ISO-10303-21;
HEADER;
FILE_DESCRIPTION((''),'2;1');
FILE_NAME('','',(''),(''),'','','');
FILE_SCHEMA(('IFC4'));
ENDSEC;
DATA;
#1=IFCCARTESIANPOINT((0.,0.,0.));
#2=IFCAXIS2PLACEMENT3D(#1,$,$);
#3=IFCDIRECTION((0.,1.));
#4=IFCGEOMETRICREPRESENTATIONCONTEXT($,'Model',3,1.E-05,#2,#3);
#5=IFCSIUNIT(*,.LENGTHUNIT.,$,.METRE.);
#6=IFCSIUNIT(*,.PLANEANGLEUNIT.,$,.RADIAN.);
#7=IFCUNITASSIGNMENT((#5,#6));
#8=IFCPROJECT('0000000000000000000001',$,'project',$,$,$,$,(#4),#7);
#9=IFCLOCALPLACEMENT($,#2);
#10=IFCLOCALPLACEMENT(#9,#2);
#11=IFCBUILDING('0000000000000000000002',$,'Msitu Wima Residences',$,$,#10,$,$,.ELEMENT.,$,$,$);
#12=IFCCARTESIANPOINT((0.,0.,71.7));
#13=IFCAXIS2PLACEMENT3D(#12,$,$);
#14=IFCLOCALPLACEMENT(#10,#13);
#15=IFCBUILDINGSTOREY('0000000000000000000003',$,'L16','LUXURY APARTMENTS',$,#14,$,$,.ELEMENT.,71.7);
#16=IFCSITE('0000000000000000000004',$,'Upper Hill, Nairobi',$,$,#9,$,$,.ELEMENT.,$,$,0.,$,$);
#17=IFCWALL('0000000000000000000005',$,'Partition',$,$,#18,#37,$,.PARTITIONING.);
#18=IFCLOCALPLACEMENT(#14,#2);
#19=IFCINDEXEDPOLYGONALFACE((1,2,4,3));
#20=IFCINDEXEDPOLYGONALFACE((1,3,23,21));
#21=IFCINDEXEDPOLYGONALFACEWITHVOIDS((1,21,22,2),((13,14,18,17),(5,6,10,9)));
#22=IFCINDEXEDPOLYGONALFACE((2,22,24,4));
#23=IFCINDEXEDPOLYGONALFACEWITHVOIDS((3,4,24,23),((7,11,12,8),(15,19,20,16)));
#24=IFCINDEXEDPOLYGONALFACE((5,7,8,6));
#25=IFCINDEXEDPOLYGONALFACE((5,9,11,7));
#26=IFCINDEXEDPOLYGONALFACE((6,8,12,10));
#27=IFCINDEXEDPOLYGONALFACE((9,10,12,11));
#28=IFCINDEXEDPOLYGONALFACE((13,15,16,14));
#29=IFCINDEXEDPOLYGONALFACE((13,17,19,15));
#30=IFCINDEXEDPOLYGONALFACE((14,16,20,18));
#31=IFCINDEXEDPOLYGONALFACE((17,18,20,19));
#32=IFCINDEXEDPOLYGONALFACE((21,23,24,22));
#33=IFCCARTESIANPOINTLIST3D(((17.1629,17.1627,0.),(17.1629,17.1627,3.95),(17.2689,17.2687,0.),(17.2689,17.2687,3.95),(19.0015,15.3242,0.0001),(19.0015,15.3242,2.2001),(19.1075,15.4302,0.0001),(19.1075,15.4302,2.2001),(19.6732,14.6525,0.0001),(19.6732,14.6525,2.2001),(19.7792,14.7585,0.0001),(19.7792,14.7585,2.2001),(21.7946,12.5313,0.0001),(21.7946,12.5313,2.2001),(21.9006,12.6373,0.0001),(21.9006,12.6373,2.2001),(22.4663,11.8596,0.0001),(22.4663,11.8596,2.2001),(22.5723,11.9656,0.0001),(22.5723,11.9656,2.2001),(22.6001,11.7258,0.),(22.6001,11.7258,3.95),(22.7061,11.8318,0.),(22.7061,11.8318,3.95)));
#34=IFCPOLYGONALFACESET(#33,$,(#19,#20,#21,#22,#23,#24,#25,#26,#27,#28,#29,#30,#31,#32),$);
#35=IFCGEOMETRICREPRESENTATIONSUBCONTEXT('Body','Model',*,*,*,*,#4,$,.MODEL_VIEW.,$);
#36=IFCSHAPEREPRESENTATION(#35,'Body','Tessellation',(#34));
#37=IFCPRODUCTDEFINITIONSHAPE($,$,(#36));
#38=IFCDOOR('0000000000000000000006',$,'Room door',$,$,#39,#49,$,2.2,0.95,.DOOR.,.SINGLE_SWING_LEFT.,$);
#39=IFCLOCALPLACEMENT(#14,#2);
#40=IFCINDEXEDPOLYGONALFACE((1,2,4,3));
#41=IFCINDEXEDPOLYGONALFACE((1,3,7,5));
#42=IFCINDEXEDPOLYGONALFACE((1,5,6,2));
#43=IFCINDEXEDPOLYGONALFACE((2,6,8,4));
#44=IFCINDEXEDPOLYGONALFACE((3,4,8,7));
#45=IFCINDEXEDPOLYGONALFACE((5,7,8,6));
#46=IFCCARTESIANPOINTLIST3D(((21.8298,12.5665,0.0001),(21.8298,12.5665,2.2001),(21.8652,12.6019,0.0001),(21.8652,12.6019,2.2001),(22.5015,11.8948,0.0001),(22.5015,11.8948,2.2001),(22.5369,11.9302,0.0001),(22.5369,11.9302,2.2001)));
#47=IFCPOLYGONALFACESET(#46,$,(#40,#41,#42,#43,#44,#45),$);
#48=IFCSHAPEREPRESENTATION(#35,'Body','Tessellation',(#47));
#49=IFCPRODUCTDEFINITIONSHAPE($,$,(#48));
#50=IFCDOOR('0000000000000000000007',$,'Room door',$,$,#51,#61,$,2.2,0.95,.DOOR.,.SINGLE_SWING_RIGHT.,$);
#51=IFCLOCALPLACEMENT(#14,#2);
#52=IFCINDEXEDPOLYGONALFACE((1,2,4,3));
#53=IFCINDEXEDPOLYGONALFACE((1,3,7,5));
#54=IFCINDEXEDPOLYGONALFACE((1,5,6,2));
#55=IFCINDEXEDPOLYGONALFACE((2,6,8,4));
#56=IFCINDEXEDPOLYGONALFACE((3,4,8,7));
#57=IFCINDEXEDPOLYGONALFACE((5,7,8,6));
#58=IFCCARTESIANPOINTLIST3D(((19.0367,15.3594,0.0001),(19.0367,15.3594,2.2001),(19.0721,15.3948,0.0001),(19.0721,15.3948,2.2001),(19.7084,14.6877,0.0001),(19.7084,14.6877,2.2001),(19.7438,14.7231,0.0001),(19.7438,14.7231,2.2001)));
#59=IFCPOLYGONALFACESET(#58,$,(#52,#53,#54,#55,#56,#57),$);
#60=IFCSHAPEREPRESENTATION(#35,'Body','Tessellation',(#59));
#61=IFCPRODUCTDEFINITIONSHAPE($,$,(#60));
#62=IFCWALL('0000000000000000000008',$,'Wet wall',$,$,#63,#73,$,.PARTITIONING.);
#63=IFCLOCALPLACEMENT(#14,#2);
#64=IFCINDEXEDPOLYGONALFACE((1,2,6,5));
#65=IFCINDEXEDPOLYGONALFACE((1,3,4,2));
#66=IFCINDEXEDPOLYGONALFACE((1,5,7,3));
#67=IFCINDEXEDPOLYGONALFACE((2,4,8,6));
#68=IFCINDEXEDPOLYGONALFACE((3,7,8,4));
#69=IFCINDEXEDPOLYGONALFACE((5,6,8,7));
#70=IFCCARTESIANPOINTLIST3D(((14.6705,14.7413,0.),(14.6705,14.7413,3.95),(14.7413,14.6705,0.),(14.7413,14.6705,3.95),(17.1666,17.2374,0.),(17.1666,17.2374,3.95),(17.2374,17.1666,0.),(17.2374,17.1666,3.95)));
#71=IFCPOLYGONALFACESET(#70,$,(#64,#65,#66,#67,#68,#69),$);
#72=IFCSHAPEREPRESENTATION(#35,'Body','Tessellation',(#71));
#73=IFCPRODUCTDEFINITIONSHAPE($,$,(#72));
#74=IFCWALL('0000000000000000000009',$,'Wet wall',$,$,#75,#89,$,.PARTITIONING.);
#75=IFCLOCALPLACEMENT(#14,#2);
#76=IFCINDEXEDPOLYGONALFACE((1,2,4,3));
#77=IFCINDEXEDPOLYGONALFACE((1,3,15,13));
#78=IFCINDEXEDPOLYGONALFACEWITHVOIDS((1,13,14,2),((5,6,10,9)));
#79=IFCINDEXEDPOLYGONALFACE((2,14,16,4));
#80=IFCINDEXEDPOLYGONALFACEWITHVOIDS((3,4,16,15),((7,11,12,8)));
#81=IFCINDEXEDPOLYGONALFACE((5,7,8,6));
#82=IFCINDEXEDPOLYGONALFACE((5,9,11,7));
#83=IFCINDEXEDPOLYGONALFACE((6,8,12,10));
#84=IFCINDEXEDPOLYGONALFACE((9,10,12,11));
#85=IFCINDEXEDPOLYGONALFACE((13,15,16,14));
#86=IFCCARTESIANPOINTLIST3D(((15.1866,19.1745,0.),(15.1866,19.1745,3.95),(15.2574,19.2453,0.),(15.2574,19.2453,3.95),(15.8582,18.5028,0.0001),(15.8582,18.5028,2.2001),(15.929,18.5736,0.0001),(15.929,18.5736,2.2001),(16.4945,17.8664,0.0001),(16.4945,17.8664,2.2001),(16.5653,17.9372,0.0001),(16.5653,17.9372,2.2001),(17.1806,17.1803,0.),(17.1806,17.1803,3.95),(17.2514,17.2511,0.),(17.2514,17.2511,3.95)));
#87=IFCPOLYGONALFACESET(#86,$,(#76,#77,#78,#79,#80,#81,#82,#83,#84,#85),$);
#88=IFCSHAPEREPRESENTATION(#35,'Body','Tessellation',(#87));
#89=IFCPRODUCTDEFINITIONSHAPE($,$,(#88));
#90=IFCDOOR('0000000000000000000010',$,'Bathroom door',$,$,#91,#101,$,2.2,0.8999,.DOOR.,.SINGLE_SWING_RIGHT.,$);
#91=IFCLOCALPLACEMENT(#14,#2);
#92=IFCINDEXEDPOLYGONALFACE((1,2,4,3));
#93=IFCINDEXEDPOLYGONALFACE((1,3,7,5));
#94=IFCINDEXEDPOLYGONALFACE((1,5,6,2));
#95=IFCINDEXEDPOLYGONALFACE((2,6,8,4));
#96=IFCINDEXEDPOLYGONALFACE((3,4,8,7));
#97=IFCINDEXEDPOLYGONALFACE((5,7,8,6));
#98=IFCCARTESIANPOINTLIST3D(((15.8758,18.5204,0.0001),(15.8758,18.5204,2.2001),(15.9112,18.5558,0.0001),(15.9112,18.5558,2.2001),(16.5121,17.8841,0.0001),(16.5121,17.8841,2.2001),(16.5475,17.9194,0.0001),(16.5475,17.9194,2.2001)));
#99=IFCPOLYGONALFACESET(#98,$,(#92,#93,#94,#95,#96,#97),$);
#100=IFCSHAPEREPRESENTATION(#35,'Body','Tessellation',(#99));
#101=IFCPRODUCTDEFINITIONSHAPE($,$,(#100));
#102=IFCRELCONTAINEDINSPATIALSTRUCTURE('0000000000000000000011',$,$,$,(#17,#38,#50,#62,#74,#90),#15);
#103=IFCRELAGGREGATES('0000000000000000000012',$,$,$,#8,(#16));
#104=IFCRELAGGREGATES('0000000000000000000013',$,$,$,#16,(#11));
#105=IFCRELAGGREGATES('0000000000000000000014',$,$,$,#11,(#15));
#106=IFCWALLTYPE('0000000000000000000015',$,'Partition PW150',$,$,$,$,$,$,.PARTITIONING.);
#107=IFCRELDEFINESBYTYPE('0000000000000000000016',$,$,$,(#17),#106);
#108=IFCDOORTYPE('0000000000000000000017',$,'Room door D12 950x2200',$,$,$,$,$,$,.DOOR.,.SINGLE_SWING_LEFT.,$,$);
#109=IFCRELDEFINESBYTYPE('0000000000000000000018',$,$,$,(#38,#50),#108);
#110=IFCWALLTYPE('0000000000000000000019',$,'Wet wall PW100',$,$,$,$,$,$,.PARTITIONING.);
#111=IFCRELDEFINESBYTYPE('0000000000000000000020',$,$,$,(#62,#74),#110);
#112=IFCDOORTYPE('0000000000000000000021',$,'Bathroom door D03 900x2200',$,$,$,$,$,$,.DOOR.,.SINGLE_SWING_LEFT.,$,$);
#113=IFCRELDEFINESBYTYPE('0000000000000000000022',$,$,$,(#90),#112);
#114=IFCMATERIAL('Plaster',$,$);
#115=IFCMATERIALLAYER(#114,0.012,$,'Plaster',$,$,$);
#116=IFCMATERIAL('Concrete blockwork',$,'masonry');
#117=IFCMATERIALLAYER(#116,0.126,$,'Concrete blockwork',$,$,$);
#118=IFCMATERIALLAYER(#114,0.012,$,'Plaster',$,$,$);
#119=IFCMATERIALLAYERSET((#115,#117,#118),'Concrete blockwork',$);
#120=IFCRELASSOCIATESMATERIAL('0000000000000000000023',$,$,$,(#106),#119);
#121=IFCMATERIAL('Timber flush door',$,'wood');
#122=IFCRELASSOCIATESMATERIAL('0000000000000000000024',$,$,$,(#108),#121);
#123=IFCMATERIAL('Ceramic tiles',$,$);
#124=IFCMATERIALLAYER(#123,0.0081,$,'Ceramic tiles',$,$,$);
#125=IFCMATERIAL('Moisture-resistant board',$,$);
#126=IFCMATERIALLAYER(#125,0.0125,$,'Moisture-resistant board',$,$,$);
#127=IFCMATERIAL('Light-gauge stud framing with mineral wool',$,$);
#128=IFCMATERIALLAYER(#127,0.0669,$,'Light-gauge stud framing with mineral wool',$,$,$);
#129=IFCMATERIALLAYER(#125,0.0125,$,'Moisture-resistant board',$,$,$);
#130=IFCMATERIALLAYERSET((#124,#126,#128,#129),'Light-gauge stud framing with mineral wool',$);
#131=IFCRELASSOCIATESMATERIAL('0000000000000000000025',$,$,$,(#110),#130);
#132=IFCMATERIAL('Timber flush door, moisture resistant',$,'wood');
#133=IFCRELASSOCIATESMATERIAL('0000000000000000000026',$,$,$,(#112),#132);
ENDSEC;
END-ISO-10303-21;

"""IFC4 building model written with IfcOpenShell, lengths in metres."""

from ifc_helpers import new_model, si_unit, direction, frame, frame_2d, origin, place, context, subcontext, project, spatial, rectangle, extrude, material, layer, layer_set, type_object, element, fill, save


model = new_model("IFC4")

# Units and contexts
model_context = context("Model", 3, precision=1e-05, world=origin(), true_north=direction((0.0, 1.0)))
body_context = subcontext(model_context, "Body", "Model", "MODEL_VIEW")
ifc_project = project(units=[si_unit("LENGTHUNIT", "METRE"), si_unit("PLANEANGLEUNIT", "RADIAN")], contexts=[model_context])

# Site, building, storey
site_placement = place(None, origin())
site = spatial("IfcSite", under=ifc_project, at=site_placement, Name="Upper Hill, Nairobi", CompositionType="ELEMENT", RefElevation=0.0)
building_placement = place(site_placement, origin())
building = spatial("IfcBuilding", under=site, at=building_placement, Name="Msitu Wima Residences", CompositionType="ELEMENT")
storey_placement = place(building_placement, frame((0.0, 0.0, 71.7)))
storey = spatial("IfcBuildingStorey", under=building, at=storey_placement, Name="L16", Description="LUXURY APARTMENTS", CompositionType="ELEMENT", Elevation=71.7)

# Shared definitions
ifc_material_1 = material(Name="Plaster")
ifc_layer_1 = layer(ifc_material_1, 0.012, Name="Plaster")
ifc_material_2 = material(Name="Concrete blockwork", Category="masonry")
ifc_layer_2 = layer(ifc_material_2, 0.126, Name="Concrete blockwork")
ifc_layer_3 = layer(ifc_material_1, 0.012, Name="Plaster")
ifc_layer_set_1 = layer_set([ifc_layer_1, ifc_layer_2, ifc_layer_3], Name="Concrete blockwork")
wall_type_1 = type_object("IfcWallType", Name="Partition PW150", PredefinedType="PARTITIONING", material=ifc_layer_set_1)
ifc_material_3 = material(Name="Timber flush door", Category="wood")
door_type_1 = type_object("IfcDoorType", Name="Room door D12 950x2200", OperationType="SINGLE_SWING_LEFT", PredefinedType="DOOR", material=ifc_material_3)

# Wall, openings, doors
wall_1_placement = place(storey_placement, frame((17.2158, 17.2158, 0.0), z_axis=(0.0, 0.0, 1.0), x_axis=(0.707123, -0.707091, 0.0)))
wall_1 = element("IfcWall", 1, at=wall_1_placement, inside=storey, type_object=wall_type_1, Name="Partition", PredefinedType="PARTITIONING", context=body_context, shape_type="SweptSolid", body=[
    extrude(rectangle(XDim=7.6892, YDim=0.1499, at=frame_2d((3.8447, 0.0))), origin(), (0.0, 0.0, 1.0), 3.95),
])
opening_1_placement = place(wall_1_placement, frame((6.55, 0.0, 0.0)))
opening_1 = element("IfcOpeningElement", 2, at=opening_1_placement, cuts=wall_1, PredefinedType="OPENING", context=body_context, shape_type="SweptSolid", body=[
    extrude(rectangle(XDim=0.95, YDim=2.2, at=frame_2d((0.4751, 1.1001))), frame((0.0, 0.085, 0.0), z_axis=(0.0, -1.0, 0.0), x_axis=(1.0, 0.0, 0.0)), (0.0, 0.0, 1.0), 0.1699),
])
opening_2_placement = place(wall_1_placement, frame((2.6001, 0.0, 0.0)))
opening_2 = element("IfcOpeningElement", 3, at=opening_2_placement, cuts=wall_1, PredefinedType="OPENING", context=body_context, shape_type="SweptSolid", body=[
    extrude(rectangle(XDim=0.95, YDim=2.2, at=frame_2d((0.4751, 1.1001))), frame((0.0, 0.085, 0.0), z_axis=(0.0, -1.0, 0.0), x_axis=(1.0, 0.0, 0.0)), (0.0, 0.0, 1.0), 0.1699),
])
door_1_placement = place(opening_1_placement, origin())
door_1 = element("IfcDoor", 4, at=door_1_placement, inside=storey, type_object=door_type_1, Name="Room door", OperationType="SINGLE_SWING_LEFT", OverallHeight=2.2, OverallWidth=0.95, PredefinedType="DOOR", context=body_context, shape_type="SweptSolid", body=[
    extrude(rectangle(XDim=0.95, YDim=2.2, at=frame_2d((0.4751, 1.1001))), frame((0.0, 0.0249, 0.0), z_axis=(0.0, -1.0, 0.0), x_axis=(1.0, 0.0, 0.0)), (0.0, 0.0, 1.0), 0.05),
])
fill(opening_1, door_1)
door_2_placement = place(opening_2_placement, origin())
door_2 = element("IfcDoor", 5, at=door_2_placement, inside=storey, type_object=door_type_1, Name="Room door", OperationType="SINGLE_SWING_RIGHT", OverallHeight=2.2, OverallWidth=0.95, PredefinedType="DOOR", context=body_context, shape_type="SweptSolid", body=[
    extrude(rectangle(XDim=0.95, YDim=2.2, at=frame_2d((0.4751, 1.1001))), frame((0.0, 0.0249, 0.0), z_axis=(0.0, -1.0, 0.0), x_axis=(1.0, 0.0, 0.0)), (0.0, 0.0, 1.0), 0.05),
])
fill(opening_2, door_2)

# Wall
ifc_material_4 = material(Name="Ceramic tiles")
ifc_layer_4 = layer(ifc_material_4, 0.0081, Name="Ceramic tiles")
ifc_material_5 = material(Name="Moisture-resistant board")
ifc_layer_5 = layer(ifc_material_5, 0.0125, Name="Moisture-resistant board")
ifc_material_6 = material(Name="Light-gauge stud framing with mineral wool")
ifc_layer_6 = layer(ifc_material_6, 0.0669, Name="Light-gauge stud framing with mineral wool")
ifc_layer_7 = layer(ifc_material_5, 0.0125, Name="Moisture-resistant board")
ifc_layer_set_2 = layer_set([ifc_layer_4, ifc_layer_5, ifc_layer_6, ifc_layer_7], Name="Light-gauge stud framing with mineral wool")
wall_type_2 = type_object("IfcWallType", Name="Wet wall PW100", PredefinedType="PARTITIONING", material=ifc_layer_set_2)
wall_2_placement = place(storey_placement, frame((14.7058, 14.7058, 0.0), z_axis=(0.0, 0.0, 1.0), x_axis=(0.707107, 0.707107, 0.0)))
element("IfcWall", 6, at=wall_2_placement, inside=storey, type_object=wall_type_2, Name="Wet wall", PredefinedType="PARTITIONING", context=body_context, shape_type="SweptSolid", body=[
    extrude(rectangle(XDim=3.53, YDim=0.1001, at=frame_2d((1.7651, 0.0))), origin(), (0.0, 0.0, 1.0), 3.95),
])

# Wall, opening, door
wall_3_placement = place(storey_placement, frame((15.2219, 19.21, 0.0), z_axis=(0.0, 0.0, 1.0), x_axis=(0.707063, -0.70715, 0.0)))
wall_3 = element("IfcWall", 7, at=wall_3_placement, inside=storey, type_object=wall_type_2, Name="Wet wall", PredefinedType="PARTITIONING", context=body_context, shape_type="SweptSolid", body=[
    extrude(rectangle(XDim=2.8201, YDim=0.1001, at=frame_2d((1.4102, 0.0))), origin(), (0.0, 0.0, 1.0), 3.95),
])
opening_3_placement = place(wall_3_placement, frame((0.95, 0.0, 0.0)))
opening_3 = element("IfcOpeningElement", 8, at=opening_3_placement, cuts=wall_3, PredefinedType="OPENING", context=body_context, shape_type="SweptSolid", body=[
    extrude(rectangle(XDim=0.8999, YDim=2.2, at=frame_2d((0.45, 1.1001))), frame((0.0, 0.0601, 0.0), z_axis=(0.0, -1.0, 0.0), x_axis=(1.0, 0.0, 0.0)), (0.0, 0.0, 1.0), 0.1201),
])
ifc_material_7 = material(Name="Timber flush door, moisture resistant", Category="wood")
door_type_2 = type_object("IfcDoorType", Name="Bathroom door D03 900x2200", OperationType="SINGLE_SWING_LEFT", PredefinedType="DOOR", material=ifc_material_7)
door_3_placement = place(opening_3_placement, origin())
door_3 = element("IfcDoor", 9, at=door_3_placement, inside=storey, type_object=door_type_2, Name="Bathroom door", OperationType="SINGLE_SWING_RIGHT", OverallHeight=2.2, OverallWidth=0.8999, PredefinedType="DOOR", context=body_context, shape_type="SweptSolid", body=[
    extrude(rectangle(XDim=0.8999, YDim=2.2, at=frame_2d((0.45, 1.1001))), frame((0.0, 0.0249, 0.0), z_axis=(0.0, -1.0, 0.0), x_axis=(1.0, 0.0, 0.0)), (0.0, 0.0, 1.0), 0.05),
])
fill(opening_3, door_3)

save(model, "model.ifc")
